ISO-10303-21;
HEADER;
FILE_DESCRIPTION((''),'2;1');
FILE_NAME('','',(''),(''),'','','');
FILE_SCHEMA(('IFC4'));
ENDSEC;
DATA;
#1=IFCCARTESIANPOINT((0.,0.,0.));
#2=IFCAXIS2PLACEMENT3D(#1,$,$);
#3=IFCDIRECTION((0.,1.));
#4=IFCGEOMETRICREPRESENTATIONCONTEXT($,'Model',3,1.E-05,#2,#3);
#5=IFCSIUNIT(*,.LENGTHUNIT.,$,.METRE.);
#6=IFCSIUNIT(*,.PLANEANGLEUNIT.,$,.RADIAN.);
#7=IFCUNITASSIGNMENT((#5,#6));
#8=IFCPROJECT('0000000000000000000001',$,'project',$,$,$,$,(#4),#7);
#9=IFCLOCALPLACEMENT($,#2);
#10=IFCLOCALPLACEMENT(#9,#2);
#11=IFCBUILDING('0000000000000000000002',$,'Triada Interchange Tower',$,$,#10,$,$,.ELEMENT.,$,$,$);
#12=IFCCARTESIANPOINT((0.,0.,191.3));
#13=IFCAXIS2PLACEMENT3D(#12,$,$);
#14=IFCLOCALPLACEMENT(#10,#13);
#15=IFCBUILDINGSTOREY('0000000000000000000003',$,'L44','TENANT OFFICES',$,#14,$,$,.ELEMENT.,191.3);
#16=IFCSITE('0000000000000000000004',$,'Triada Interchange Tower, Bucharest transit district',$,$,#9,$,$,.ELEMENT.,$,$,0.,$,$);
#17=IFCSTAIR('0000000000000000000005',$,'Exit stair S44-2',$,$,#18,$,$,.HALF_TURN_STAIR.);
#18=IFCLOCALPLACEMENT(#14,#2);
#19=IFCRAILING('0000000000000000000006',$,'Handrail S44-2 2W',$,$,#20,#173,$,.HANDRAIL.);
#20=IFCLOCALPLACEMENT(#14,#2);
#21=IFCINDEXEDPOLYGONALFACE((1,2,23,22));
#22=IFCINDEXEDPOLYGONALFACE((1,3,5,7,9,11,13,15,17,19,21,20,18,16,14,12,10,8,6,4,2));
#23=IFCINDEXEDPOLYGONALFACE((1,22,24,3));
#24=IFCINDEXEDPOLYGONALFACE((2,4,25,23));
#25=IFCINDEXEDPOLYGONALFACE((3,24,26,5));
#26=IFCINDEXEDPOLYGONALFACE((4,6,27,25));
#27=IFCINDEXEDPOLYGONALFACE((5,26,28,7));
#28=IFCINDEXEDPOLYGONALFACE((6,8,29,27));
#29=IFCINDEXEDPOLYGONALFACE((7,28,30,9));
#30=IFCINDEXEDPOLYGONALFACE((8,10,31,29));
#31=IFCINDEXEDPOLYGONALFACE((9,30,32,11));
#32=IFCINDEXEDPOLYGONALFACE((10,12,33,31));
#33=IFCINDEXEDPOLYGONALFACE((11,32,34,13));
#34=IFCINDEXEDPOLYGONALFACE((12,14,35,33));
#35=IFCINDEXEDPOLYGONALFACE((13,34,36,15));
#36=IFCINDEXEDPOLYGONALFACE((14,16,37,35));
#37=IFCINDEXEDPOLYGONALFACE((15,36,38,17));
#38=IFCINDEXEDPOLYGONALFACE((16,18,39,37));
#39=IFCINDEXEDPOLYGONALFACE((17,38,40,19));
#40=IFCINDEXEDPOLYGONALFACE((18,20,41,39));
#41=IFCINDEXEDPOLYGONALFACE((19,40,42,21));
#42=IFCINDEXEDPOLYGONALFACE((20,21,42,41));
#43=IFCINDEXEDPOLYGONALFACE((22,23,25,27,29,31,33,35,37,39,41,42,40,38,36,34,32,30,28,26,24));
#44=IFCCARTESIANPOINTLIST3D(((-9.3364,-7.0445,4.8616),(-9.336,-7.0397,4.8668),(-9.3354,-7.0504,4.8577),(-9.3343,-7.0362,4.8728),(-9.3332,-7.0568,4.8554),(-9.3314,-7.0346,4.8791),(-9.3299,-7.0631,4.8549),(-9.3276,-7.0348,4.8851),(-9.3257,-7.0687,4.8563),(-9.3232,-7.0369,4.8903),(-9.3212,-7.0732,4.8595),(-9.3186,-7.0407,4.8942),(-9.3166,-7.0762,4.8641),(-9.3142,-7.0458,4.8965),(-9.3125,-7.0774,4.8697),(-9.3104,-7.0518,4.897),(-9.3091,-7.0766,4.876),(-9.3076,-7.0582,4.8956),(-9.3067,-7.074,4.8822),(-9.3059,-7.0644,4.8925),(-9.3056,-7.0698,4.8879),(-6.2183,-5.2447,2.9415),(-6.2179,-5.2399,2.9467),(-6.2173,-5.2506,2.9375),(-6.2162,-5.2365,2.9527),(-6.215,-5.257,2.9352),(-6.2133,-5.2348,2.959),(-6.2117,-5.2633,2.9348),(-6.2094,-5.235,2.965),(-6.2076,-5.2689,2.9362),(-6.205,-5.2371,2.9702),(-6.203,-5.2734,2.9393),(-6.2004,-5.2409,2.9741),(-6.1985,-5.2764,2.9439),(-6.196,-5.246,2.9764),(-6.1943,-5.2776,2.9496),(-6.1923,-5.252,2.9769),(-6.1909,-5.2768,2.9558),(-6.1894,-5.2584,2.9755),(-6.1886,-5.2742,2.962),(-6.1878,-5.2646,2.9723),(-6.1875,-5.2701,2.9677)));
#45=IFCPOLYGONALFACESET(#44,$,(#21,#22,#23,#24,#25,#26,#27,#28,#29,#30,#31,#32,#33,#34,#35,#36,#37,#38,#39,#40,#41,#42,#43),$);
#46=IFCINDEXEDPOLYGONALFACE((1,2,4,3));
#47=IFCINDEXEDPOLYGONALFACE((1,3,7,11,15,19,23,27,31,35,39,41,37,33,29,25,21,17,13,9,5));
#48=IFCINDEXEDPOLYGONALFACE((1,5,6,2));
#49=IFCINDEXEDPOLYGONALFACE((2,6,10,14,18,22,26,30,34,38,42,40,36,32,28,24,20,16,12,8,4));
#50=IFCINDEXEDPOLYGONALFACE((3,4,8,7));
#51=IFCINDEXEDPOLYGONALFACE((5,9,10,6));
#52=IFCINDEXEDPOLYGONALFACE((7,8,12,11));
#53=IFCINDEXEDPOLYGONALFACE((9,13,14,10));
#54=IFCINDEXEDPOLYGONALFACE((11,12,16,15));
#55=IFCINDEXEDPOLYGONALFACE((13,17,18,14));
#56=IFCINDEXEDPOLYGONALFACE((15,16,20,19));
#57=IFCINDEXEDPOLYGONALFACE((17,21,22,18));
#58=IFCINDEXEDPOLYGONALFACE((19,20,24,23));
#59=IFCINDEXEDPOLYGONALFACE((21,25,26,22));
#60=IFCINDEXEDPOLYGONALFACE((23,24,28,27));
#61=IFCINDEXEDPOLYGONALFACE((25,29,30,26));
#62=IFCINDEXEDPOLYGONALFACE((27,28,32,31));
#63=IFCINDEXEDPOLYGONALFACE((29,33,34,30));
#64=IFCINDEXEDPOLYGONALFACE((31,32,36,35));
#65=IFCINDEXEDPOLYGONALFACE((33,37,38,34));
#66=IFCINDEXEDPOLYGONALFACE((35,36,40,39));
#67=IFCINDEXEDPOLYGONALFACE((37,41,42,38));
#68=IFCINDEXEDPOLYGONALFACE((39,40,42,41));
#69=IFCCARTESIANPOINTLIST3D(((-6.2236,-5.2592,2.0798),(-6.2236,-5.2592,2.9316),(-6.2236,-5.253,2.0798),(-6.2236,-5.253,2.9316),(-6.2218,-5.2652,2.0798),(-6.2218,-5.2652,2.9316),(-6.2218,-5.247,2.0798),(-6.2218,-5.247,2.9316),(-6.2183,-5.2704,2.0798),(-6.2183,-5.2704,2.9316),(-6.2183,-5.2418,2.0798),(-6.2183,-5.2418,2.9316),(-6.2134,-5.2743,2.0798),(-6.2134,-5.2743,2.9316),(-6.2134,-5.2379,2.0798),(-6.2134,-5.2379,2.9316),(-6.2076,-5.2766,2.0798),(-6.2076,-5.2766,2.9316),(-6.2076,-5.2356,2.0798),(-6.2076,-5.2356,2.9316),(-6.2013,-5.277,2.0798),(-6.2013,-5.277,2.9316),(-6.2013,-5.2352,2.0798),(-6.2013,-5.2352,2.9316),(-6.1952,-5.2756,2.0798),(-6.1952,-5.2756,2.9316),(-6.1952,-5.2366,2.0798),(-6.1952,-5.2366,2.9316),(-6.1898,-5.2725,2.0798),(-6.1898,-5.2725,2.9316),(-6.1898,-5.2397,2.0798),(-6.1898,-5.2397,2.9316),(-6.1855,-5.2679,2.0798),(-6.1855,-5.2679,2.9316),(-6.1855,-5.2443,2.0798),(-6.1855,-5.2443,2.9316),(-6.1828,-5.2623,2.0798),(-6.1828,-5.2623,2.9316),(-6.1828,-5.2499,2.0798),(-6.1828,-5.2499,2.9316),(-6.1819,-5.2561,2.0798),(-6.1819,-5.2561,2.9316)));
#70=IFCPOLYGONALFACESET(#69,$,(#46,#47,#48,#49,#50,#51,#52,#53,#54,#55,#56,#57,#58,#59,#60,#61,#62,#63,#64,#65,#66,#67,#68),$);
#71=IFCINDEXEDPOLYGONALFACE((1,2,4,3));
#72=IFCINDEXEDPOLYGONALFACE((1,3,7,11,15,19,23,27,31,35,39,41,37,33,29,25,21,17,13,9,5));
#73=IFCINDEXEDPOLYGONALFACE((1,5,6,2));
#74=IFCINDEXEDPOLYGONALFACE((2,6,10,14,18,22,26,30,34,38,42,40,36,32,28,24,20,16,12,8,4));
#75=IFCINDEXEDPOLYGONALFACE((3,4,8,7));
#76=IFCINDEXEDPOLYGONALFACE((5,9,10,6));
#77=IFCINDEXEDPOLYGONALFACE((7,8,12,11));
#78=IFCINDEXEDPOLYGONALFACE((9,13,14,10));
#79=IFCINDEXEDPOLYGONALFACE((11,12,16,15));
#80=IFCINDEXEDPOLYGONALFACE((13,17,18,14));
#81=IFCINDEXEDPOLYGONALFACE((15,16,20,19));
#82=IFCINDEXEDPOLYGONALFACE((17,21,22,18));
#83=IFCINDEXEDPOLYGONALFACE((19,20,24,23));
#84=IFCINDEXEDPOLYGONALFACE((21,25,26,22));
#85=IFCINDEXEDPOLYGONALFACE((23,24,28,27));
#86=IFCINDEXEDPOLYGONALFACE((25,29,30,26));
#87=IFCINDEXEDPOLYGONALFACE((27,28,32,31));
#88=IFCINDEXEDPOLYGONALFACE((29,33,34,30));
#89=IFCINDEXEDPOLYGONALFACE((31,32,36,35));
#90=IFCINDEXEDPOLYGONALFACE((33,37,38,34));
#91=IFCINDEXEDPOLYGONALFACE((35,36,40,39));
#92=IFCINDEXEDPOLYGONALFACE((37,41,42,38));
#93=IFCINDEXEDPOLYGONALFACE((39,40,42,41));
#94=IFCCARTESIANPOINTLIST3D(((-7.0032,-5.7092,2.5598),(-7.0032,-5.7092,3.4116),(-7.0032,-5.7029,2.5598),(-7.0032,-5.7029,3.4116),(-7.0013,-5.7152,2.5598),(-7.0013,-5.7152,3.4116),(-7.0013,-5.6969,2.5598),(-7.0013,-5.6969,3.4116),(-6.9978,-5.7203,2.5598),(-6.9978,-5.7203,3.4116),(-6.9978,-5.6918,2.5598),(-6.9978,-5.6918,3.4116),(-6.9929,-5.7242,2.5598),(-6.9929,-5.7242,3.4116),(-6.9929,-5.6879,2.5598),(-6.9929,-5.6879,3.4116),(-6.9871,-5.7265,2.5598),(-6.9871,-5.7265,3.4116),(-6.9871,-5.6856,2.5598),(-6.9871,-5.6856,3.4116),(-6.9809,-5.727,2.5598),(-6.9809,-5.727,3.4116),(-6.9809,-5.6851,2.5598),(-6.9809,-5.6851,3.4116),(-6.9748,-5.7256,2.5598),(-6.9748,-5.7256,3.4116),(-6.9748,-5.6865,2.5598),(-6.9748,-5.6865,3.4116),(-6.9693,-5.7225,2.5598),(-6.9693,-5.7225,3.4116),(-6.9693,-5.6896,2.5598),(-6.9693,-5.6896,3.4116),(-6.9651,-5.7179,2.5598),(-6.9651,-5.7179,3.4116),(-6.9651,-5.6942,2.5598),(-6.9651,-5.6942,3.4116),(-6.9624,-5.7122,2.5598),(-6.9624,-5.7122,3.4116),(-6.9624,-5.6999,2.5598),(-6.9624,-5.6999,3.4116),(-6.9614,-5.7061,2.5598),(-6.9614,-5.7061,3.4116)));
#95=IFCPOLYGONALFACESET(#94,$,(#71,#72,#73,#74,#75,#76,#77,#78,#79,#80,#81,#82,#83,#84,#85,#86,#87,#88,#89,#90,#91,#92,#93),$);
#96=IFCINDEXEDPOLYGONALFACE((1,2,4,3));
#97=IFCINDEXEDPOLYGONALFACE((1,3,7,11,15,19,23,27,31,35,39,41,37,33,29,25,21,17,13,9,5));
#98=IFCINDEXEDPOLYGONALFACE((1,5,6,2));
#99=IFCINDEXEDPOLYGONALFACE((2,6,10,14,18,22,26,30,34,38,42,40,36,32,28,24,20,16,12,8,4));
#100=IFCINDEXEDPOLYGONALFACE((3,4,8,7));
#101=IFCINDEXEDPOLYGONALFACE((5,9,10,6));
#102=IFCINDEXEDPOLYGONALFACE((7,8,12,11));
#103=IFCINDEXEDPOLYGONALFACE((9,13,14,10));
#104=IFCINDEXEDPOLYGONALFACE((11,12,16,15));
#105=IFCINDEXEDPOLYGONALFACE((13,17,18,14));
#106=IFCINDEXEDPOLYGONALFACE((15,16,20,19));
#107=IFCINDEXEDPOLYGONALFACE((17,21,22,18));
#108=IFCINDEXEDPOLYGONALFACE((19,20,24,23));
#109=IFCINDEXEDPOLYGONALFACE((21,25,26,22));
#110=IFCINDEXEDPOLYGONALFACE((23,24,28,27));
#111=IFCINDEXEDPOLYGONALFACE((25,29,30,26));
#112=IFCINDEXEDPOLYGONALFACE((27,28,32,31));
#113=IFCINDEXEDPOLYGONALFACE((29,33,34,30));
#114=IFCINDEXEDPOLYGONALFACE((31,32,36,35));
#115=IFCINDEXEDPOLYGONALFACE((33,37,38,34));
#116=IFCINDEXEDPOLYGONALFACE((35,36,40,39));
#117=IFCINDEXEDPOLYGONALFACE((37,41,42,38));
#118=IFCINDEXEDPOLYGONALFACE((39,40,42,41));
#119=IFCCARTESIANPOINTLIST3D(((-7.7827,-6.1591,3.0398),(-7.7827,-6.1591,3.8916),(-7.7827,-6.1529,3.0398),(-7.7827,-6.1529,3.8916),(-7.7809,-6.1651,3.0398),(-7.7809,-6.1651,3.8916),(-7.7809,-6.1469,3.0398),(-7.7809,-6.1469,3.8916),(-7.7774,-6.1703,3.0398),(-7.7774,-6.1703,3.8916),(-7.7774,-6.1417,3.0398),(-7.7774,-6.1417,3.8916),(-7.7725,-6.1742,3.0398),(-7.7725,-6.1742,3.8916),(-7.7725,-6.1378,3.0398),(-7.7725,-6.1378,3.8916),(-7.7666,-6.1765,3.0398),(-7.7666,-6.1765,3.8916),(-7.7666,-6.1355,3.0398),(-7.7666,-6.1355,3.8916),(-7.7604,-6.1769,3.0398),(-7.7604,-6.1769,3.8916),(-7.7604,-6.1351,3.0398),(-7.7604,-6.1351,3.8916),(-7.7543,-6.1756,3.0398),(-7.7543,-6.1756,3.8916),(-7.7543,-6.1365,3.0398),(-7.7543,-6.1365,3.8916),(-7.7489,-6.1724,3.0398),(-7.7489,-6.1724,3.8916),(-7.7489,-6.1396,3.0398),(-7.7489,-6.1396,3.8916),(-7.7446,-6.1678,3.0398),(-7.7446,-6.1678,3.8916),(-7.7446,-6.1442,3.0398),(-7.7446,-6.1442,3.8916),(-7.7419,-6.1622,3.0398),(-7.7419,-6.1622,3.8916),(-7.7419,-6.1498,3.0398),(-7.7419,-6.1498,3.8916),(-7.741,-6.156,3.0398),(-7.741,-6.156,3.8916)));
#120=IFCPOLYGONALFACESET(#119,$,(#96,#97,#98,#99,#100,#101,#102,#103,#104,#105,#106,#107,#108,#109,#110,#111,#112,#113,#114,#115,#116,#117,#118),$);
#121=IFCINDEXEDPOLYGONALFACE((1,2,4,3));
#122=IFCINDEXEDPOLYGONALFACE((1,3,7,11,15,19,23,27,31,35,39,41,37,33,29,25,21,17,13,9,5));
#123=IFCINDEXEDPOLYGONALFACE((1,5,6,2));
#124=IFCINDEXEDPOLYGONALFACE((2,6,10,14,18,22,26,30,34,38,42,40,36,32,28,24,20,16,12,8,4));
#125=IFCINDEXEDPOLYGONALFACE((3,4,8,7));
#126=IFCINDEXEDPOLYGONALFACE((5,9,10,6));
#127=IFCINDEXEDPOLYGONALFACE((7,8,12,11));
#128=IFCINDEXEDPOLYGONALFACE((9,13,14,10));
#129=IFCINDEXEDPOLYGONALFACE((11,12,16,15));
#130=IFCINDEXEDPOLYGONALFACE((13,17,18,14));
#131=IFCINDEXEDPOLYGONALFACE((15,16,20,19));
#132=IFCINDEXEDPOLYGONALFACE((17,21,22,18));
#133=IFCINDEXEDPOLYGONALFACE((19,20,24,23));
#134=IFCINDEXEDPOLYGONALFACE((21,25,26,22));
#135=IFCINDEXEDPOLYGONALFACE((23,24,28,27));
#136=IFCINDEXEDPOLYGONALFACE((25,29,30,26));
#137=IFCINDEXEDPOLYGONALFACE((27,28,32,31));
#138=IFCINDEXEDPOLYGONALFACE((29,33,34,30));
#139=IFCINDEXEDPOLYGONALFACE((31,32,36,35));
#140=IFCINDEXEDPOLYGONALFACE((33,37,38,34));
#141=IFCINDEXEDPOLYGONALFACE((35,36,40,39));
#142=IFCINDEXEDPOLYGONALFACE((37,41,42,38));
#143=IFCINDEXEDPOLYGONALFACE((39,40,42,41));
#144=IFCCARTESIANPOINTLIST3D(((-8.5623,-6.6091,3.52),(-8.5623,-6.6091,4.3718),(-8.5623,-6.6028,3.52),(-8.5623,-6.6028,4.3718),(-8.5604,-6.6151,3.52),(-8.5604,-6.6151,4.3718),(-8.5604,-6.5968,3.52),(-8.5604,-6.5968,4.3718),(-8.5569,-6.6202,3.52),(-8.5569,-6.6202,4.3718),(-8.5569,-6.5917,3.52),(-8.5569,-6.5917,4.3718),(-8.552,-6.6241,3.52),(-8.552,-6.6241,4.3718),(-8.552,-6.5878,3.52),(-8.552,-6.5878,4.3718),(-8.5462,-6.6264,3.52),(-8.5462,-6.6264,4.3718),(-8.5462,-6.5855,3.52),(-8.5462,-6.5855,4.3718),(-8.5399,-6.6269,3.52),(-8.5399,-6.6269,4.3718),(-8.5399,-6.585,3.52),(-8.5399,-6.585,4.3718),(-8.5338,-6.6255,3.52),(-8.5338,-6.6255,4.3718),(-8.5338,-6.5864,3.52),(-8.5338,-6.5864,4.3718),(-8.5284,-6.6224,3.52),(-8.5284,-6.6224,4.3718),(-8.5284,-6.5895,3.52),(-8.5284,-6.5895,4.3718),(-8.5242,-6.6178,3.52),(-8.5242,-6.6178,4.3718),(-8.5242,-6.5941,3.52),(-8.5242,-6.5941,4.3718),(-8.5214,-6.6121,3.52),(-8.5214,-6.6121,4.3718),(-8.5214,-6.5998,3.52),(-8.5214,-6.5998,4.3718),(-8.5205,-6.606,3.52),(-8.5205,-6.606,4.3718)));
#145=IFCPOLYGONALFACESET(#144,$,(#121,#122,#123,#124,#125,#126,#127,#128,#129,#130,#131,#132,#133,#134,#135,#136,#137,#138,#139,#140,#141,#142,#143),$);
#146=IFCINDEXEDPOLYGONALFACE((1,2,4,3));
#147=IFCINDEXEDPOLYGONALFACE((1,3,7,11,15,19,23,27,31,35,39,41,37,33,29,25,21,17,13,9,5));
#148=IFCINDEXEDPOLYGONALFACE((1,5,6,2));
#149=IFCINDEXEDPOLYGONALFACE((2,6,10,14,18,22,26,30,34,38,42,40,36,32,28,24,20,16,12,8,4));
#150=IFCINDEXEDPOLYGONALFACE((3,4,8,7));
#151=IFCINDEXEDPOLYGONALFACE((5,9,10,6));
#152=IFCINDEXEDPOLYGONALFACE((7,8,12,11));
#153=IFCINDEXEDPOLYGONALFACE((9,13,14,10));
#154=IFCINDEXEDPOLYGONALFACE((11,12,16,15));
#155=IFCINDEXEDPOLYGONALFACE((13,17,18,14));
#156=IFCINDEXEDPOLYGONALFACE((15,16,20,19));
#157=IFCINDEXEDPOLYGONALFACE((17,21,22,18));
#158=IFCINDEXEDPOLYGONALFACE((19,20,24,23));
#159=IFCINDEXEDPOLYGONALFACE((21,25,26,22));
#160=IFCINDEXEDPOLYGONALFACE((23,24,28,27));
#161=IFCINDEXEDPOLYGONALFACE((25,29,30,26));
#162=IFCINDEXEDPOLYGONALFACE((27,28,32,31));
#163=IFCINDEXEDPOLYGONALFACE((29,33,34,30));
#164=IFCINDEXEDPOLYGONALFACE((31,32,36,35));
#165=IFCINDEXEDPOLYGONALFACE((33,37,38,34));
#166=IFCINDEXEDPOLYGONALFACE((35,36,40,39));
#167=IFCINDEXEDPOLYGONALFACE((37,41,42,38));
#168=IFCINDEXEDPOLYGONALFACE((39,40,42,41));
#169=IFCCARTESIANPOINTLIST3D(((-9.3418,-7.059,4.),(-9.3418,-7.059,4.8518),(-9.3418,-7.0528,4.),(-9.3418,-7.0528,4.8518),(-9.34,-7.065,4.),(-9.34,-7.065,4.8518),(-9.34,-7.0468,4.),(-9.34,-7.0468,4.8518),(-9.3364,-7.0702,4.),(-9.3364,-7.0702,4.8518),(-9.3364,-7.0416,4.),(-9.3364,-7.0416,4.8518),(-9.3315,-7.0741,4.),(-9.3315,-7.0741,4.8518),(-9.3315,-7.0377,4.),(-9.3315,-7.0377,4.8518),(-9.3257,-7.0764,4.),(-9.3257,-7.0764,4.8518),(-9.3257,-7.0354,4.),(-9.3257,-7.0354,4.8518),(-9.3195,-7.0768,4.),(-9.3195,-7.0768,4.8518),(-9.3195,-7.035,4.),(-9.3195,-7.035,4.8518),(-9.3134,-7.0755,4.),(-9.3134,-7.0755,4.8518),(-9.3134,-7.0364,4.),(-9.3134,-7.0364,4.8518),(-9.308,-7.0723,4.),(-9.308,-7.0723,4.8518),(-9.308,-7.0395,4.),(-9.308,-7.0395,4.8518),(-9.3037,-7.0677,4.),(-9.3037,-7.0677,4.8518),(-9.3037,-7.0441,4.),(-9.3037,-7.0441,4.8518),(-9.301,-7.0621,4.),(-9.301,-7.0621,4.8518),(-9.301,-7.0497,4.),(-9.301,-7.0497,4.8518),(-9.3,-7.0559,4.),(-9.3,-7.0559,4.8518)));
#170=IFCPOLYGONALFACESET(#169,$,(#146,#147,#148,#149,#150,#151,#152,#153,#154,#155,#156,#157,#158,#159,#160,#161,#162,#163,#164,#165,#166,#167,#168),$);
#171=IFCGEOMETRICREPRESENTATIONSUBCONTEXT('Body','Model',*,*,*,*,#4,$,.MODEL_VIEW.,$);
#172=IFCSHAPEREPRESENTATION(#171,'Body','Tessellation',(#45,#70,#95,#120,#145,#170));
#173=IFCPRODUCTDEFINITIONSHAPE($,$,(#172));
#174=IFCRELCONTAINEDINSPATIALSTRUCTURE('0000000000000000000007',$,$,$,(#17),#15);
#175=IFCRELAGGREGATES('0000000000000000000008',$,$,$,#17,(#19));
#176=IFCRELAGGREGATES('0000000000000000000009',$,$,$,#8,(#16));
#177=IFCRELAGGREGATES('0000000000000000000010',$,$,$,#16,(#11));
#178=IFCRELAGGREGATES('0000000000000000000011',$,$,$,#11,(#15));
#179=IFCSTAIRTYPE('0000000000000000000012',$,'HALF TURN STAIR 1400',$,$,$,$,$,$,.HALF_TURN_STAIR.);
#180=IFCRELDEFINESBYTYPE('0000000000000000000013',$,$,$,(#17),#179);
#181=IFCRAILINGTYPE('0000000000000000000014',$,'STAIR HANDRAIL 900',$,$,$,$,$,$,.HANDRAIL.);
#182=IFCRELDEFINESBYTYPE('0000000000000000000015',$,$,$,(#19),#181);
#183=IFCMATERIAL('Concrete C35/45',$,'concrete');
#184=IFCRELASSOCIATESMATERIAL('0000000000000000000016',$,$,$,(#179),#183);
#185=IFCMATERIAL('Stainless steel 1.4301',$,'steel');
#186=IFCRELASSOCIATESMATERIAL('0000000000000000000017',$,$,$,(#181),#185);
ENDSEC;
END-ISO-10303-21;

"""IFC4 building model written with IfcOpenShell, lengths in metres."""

from ifc_helpers import new_model, si_unit, direction, frame, origin, origin_2d, place, context, subcontext, project, spatial, circle, extrude, material, type_object, element, aggregate, save


model = new_model("IFC4")

# Units and contexts
model_context = context("Model", 3, precision=1e-05, world=origin(), true_north=direction((0.0, 1.0)))
body_context = subcontext(model_context, "Body", "Model", "MODEL_VIEW")
ifc_project = project(units=[si_unit("LENGTHUNIT", "METRE"), si_unit("PLANEANGLEUNIT", "RADIAN")], contexts=[model_context])

# Site, building, storey
site_placement = place(None, origin())
site = spatial("IfcSite", under=ifc_project, at=site_placement, Name="Triada Interchange Tower, Bucharest transit district", CompositionType="ELEMENT", RefElevation=0.0)
building_placement = place(site_placement, origin())
building = spatial("IfcBuilding", under=site, at=building_placement, Name="Triada Interchange Tower", CompositionType="ELEMENT")
storey_placement = place(building_placement, frame((0.0, 0.0, 191.3)))
storey = spatial("IfcBuildingStorey", under=building, at=storey_placement, Name="L44", Description="TENANT OFFICES", CompositionType="ELEMENT", Elevation=191.3)

# Stair
ifc_material_1 = material(Name="Concrete C35/45", Category="concrete")
stair_type = type_object("IfcStairType", Name="HALF TURN STAIR 1400", PredefinedType="HALF_TURN_STAIR", material=ifc_material_1)
stair_placement = place(storey_placement, origin())
stair = element("IfcStair", 1, at=stair_placement, inside=storey, type_object=stair_type, Name="Exit stair S44-2", PredefinedType="HALF_TURN_STAIR")

# Railing
ifc_material_2 = material(Name="Stainless steel 1.4301", Category="steel")
railing_type = type_object("IfcRailingType", Name="STAIR HANDRAIL 900", PredefinedType="HANDRAIL", material=ifc_material_2)
railing_1_placement = place(storey_placement, frame((-6.2029, -5.2561, 2.0798)))
railing_1 = element("IfcRailing", 2, at=railing_1_placement, type_object=railing_type, Name="Handrail S44-2 2W", PredefinedType="HANDRAIL", context=body_context, shape_type="SweptSolid", body=[
    extrude(circle(Radius=0.0239, at=origin_2d()), frame((0.0, 0.0, 0.876), z_axis=(-0.76419, -0.44109, 0.470588), x_axis=(0.499902, -0.866082, 0.0)), (0.0, 0.0, 1.0), 4.0803),
    extrude(circle(Radius=0.021, at=origin_2d()), origin(), (0.0, 0.0, 1.0), 0.8518),
    extrude(circle(Radius=0.021, at=origin_2d()), frame((-0.7795, -0.45, 0.48)), (0.0, 0.0, 1.0), 0.8518),
    extrude(circle(Radius=0.021, at=origin_2d()), frame((-1.5591, -0.8999, 0.96)), (0.0, 0.0, 1.0), 0.8518),
    extrude(circle(Radius=0.021, at=origin_2d()), frame((-2.3386, -1.3499, 1.4402)), (0.0, 0.0, 1.0), 0.8518),
    extrude(circle(Radius=0.021, at=origin_2d()), frame((-3.1182, -1.7998, 1.9202)), (0.0, 0.0, 1.0), 0.8518),
])
aggregate(stair, [railing_1])

save(model, "model.ifc")
